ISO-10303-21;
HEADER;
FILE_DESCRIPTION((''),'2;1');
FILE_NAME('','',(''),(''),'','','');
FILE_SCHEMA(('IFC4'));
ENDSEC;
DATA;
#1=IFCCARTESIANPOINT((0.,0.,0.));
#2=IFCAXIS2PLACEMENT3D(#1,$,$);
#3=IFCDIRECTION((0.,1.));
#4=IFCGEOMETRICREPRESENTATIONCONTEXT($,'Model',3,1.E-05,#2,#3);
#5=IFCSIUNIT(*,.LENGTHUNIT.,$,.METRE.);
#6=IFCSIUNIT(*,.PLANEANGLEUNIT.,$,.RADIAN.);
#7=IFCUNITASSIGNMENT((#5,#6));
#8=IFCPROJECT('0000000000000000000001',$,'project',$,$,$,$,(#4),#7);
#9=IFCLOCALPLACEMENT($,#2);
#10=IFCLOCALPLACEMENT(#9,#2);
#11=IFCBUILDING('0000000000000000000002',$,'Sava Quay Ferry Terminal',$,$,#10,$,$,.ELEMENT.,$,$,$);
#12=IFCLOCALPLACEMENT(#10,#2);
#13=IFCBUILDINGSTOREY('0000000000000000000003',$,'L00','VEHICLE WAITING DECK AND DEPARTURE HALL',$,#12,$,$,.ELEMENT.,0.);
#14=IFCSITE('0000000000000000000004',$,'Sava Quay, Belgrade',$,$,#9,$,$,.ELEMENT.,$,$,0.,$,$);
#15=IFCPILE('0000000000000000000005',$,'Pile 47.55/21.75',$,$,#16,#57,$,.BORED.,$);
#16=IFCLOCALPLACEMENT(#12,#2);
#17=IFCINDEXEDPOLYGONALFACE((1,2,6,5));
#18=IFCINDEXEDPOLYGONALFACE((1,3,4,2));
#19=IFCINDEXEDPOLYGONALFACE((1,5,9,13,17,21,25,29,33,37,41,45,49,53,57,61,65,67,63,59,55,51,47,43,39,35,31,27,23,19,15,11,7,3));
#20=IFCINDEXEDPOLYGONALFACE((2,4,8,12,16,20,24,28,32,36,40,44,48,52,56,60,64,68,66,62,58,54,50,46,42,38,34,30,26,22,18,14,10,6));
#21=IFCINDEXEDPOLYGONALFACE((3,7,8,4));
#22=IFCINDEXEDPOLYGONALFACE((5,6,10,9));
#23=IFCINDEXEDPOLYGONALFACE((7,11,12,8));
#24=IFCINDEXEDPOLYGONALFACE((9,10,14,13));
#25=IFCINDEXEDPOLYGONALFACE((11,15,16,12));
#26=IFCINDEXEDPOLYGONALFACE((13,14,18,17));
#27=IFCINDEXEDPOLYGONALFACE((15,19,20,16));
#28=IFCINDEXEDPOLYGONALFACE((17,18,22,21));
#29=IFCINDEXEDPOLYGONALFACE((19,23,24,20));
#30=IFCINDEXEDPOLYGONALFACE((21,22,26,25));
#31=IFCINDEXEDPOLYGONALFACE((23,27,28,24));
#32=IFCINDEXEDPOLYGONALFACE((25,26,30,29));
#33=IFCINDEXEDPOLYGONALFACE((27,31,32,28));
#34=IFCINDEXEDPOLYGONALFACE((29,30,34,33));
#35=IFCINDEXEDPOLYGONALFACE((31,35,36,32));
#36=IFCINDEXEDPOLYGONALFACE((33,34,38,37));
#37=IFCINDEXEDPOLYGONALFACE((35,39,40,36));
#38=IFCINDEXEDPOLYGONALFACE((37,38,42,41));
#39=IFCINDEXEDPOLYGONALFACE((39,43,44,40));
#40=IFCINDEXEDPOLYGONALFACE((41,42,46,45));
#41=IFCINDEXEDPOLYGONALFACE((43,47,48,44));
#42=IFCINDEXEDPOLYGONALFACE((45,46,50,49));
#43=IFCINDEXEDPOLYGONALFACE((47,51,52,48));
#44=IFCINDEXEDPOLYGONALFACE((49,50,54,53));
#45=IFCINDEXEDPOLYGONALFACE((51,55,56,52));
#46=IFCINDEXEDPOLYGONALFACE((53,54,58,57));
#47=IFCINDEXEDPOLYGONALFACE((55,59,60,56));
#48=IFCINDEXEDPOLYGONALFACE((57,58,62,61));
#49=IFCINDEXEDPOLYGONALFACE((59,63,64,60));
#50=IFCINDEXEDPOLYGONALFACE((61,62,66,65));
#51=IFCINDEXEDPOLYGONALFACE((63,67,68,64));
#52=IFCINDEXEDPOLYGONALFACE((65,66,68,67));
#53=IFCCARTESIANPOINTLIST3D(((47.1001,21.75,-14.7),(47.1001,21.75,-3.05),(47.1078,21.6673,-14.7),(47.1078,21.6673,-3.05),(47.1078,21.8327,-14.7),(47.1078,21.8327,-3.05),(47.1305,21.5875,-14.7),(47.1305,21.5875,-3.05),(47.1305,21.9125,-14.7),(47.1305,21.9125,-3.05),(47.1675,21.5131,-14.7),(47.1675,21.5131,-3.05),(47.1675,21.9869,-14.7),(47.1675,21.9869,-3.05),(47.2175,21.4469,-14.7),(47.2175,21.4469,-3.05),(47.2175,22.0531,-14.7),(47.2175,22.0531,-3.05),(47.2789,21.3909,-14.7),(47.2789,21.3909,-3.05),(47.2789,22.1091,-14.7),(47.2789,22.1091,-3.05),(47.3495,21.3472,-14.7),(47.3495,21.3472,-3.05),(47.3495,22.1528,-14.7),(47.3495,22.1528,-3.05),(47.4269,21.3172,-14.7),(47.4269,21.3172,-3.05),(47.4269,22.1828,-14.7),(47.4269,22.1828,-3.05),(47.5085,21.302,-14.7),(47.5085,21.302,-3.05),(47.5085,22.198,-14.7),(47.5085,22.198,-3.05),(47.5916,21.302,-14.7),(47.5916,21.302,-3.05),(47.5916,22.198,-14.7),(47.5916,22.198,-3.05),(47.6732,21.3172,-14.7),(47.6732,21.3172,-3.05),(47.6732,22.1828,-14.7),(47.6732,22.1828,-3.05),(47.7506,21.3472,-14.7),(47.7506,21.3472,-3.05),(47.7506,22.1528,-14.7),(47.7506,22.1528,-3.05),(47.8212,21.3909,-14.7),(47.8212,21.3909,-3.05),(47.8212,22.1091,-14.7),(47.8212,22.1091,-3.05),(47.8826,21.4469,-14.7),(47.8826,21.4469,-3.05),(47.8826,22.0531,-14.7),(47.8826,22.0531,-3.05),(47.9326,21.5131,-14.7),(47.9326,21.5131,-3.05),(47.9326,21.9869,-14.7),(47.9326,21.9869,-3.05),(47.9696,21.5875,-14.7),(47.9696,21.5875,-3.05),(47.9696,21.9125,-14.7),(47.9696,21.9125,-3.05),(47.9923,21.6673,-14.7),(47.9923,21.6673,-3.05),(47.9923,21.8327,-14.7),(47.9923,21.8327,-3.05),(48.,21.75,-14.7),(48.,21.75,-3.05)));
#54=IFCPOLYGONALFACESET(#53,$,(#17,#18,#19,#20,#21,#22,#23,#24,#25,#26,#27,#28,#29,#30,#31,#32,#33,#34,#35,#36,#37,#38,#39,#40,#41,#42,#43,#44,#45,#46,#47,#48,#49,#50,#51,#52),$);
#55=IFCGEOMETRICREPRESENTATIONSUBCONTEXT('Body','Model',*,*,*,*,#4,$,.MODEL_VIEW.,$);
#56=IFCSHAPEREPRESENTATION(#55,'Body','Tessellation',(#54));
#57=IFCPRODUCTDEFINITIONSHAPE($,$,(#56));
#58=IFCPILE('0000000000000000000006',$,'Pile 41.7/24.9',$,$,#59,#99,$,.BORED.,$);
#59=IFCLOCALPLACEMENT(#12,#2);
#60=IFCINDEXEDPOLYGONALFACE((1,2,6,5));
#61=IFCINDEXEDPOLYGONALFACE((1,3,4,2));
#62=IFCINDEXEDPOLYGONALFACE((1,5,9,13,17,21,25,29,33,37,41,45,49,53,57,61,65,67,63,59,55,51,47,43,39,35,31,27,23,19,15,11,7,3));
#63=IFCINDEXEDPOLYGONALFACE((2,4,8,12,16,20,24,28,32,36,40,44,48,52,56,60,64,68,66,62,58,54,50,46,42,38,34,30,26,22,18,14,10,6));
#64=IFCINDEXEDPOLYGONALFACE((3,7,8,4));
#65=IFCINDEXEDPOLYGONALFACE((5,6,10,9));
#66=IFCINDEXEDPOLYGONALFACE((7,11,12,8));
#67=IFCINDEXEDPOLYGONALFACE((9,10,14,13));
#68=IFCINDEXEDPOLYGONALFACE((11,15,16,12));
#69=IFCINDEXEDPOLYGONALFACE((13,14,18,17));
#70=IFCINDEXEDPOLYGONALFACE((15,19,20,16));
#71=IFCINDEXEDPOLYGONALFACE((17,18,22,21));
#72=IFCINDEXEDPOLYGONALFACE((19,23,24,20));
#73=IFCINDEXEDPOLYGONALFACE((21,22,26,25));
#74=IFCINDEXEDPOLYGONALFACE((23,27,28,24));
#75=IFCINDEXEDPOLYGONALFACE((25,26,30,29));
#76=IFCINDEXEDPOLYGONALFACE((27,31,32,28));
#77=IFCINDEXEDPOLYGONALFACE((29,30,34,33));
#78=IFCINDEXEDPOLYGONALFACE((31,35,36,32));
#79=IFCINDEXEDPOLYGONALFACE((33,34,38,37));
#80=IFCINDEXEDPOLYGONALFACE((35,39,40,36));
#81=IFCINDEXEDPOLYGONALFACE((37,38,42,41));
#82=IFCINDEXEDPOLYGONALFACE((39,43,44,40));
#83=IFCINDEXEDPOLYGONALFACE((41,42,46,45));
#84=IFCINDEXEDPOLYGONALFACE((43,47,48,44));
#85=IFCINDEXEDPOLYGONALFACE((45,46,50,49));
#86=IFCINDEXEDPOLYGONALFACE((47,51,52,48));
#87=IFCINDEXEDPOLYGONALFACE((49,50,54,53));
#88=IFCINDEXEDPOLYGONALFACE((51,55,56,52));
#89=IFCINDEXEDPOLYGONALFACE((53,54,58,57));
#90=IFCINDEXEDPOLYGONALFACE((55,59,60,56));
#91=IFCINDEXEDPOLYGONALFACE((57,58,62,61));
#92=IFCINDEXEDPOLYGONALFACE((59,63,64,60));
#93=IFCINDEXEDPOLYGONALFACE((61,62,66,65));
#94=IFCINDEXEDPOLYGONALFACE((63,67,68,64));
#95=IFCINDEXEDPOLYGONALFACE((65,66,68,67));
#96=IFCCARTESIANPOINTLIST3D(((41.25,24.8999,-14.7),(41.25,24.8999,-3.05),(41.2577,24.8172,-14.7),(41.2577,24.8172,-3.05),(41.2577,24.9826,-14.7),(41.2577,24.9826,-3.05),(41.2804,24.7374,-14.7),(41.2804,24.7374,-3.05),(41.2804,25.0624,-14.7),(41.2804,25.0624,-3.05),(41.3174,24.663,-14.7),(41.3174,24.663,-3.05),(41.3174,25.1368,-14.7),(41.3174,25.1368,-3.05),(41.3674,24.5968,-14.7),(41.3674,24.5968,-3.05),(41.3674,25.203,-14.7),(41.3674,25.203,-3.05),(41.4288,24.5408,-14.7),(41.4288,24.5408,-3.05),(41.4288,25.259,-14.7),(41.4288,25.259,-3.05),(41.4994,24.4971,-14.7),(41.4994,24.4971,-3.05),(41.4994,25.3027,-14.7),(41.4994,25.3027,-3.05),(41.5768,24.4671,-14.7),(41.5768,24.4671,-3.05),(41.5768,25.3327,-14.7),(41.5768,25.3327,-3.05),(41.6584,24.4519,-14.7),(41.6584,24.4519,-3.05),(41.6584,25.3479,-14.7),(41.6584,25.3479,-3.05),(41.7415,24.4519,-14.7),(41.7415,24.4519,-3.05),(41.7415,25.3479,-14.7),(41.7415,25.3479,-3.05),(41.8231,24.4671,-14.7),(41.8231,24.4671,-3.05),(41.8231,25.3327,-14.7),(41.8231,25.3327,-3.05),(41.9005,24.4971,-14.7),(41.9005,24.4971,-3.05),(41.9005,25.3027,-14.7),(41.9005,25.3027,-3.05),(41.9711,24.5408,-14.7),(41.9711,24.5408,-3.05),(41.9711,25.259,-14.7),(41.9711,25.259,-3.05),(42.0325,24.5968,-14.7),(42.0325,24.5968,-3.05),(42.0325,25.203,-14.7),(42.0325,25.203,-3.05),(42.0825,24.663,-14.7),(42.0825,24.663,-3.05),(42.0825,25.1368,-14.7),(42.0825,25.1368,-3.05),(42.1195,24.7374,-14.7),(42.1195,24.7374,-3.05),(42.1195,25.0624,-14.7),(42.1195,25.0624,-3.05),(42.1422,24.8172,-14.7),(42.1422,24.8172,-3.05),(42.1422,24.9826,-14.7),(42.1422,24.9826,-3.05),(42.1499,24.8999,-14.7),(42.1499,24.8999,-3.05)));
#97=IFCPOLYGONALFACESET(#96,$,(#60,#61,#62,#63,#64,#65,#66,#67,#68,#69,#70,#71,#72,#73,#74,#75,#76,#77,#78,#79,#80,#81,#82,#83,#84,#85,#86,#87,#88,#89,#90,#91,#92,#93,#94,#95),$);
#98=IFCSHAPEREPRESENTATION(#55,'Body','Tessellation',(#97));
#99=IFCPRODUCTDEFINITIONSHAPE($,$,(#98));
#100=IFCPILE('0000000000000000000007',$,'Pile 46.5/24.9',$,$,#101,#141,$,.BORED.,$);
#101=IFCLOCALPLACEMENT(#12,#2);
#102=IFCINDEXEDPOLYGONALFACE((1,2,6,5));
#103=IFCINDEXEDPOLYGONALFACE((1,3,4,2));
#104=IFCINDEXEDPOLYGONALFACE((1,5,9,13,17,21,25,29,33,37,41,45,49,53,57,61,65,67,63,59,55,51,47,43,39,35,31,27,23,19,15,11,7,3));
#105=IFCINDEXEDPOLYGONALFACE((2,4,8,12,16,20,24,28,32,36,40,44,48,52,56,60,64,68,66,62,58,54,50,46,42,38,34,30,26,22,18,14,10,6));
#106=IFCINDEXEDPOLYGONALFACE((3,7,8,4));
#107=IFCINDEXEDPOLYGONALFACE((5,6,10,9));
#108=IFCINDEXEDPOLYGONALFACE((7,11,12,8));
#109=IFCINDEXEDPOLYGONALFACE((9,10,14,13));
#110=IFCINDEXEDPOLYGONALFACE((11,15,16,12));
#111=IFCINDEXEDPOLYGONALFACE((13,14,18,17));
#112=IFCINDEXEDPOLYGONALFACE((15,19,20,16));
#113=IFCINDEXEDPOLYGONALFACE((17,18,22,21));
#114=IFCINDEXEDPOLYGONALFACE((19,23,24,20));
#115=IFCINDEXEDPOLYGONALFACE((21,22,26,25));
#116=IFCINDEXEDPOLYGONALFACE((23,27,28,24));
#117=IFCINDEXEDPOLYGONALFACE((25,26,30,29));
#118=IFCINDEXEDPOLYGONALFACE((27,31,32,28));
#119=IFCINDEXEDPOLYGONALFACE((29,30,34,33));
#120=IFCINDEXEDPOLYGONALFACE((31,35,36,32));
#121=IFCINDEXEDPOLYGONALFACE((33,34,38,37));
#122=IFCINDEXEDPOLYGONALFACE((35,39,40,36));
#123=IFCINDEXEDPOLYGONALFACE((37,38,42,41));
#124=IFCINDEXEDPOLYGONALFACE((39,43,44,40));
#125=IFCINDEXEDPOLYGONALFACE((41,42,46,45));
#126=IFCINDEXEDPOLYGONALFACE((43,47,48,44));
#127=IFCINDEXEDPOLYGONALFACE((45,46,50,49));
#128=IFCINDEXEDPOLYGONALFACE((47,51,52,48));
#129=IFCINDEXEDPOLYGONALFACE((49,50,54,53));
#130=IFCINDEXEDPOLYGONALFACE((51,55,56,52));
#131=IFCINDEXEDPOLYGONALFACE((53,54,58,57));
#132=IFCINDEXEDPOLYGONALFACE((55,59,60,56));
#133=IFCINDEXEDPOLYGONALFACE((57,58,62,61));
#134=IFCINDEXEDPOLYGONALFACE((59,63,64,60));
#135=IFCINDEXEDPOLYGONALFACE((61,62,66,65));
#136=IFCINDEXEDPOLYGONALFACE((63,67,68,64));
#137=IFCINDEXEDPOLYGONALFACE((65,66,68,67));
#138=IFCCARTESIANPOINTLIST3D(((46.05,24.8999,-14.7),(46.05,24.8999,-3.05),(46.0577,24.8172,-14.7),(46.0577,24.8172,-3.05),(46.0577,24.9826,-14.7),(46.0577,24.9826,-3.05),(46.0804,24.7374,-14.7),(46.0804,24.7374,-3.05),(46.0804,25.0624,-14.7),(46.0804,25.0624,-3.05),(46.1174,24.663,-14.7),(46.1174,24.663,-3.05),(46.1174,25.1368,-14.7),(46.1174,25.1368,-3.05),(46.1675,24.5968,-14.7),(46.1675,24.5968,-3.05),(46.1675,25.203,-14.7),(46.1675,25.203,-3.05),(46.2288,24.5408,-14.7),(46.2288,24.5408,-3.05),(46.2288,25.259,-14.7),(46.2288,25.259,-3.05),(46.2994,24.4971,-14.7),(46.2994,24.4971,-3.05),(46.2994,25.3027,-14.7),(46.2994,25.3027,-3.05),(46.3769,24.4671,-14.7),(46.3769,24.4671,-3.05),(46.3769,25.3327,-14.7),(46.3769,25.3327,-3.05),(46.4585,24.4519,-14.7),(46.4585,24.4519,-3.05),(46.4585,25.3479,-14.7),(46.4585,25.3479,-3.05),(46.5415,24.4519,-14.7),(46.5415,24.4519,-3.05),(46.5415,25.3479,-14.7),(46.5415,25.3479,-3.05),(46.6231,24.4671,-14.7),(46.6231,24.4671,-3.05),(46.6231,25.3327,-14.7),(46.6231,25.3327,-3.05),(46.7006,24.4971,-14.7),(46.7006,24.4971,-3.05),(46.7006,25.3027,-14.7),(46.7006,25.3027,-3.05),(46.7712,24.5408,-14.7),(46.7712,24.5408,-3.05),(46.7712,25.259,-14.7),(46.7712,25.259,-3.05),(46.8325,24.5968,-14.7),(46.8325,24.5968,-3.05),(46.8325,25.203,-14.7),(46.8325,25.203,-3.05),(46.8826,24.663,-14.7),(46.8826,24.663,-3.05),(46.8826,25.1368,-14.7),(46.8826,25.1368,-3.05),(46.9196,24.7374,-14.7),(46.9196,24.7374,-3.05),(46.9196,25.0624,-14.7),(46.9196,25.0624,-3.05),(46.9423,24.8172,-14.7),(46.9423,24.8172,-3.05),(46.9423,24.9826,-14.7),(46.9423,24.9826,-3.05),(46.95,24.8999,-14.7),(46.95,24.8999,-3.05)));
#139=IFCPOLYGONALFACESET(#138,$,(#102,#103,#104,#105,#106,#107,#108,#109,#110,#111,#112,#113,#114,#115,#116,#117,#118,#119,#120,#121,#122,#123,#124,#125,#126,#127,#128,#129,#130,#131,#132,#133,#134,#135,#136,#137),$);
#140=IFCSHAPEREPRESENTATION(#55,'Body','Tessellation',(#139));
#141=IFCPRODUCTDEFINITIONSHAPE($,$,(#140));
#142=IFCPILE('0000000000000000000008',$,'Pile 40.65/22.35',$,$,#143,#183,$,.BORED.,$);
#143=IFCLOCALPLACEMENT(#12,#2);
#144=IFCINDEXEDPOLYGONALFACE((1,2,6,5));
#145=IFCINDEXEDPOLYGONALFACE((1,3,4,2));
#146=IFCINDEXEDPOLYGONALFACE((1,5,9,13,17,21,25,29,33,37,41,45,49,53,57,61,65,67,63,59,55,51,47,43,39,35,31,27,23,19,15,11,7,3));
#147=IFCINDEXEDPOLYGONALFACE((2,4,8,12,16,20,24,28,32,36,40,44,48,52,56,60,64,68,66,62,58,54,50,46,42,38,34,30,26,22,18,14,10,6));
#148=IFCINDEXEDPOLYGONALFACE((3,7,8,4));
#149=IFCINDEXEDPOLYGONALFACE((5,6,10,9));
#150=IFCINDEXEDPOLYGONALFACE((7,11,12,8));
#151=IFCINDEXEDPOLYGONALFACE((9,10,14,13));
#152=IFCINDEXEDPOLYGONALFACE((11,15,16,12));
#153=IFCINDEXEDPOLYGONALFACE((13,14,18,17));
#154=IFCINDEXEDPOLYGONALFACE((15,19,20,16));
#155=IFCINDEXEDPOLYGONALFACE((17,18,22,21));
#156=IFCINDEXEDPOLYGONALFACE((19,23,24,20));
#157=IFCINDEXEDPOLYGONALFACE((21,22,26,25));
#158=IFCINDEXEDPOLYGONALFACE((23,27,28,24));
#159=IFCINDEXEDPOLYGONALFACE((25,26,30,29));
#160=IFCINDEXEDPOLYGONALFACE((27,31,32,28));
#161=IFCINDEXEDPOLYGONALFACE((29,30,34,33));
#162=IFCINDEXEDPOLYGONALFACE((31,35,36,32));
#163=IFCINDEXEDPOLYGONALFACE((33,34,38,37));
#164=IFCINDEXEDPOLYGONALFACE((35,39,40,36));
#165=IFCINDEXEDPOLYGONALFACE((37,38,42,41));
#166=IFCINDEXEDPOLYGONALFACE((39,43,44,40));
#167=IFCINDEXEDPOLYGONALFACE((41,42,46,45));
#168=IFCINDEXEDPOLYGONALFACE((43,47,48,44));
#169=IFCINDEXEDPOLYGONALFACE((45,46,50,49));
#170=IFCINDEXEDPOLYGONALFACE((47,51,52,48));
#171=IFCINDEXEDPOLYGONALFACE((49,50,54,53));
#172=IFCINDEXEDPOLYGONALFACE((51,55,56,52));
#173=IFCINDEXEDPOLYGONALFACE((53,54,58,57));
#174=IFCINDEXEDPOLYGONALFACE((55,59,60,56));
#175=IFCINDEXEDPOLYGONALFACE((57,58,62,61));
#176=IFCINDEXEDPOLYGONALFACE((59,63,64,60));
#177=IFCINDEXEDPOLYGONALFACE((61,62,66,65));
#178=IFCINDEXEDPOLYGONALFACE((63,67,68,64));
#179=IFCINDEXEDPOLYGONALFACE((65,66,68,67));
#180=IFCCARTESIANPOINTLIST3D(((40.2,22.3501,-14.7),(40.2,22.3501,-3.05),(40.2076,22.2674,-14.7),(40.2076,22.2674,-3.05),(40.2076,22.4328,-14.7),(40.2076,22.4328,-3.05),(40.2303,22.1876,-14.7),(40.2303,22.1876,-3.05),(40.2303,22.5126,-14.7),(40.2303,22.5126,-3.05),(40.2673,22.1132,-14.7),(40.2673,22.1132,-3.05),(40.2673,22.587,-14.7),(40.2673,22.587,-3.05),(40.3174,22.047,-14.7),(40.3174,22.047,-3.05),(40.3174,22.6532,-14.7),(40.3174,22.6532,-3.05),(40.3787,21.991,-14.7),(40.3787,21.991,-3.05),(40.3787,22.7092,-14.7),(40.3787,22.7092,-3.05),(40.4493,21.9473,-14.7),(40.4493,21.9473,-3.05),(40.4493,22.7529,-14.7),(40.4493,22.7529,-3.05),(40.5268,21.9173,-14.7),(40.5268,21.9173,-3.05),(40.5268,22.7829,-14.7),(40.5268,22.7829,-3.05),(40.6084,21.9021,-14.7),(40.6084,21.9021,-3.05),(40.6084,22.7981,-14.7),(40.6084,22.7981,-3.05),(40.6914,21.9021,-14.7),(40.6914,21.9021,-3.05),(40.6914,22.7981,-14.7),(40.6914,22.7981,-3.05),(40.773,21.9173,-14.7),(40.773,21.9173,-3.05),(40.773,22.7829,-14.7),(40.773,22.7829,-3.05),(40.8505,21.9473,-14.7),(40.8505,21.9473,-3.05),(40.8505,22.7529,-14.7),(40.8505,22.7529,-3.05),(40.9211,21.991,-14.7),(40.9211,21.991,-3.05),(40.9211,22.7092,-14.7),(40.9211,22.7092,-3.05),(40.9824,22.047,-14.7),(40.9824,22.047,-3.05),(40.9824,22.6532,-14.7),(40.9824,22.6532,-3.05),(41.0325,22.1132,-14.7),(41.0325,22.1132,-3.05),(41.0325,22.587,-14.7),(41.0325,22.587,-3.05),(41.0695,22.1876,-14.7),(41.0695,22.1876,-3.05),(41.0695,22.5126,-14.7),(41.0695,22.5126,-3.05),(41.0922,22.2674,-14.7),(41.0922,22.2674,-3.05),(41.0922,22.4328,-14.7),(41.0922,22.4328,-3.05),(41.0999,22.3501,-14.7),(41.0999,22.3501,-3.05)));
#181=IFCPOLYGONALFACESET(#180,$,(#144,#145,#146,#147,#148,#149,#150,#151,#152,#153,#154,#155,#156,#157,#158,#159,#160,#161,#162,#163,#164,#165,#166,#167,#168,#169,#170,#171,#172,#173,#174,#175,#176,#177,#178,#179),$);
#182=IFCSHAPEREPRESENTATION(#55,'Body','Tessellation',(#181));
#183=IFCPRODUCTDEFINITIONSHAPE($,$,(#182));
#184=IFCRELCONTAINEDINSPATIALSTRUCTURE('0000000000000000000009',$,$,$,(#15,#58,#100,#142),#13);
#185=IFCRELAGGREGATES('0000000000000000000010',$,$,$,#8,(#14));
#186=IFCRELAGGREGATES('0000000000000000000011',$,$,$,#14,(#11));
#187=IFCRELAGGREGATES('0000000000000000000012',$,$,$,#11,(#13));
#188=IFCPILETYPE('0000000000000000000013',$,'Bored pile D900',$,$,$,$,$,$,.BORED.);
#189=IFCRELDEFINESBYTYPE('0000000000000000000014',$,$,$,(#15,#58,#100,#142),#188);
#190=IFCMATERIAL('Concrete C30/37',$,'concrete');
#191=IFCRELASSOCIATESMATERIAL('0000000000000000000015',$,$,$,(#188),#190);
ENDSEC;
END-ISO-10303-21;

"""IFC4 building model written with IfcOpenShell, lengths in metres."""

from ifc_helpers import new_model, si_unit, direction, frame, origin, origin_2d, place, context, subcontext, project, spatial, circle, extrude, material, material_profile, profile_set, type_object, element, save


model = new_model("IFC4")

# Units and contexts
model_context = context("Model", 3, precision=1e-05, world=origin(), true_north=direction((0.0, 1.0)))
body_context = subcontext(model_context, "Body", "Model", "MODEL_VIEW")
ifc_project = project(units=[si_unit("LENGTHUNIT", "METRE"), si_unit("PLANEANGLEUNIT", "RADIAN")], contexts=[model_context])

# Site, building, storey
site_placement = place(None, origin())
site = spatial("IfcSite", under=ifc_project, at=site_placement, Name="Sava Quay, Belgrade", CompositionType="ELEMENT", RefElevation=0.0)
building_placement = place(site_placement, origin())
building = spatial("IfcBuilding", under=site, at=building_placement, Name="Sava Quay Ferry Terminal", CompositionType="ELEMENT")
storey_placement = place(building_placement, origin())
storey = spatial("IfcBuildingStorey", under=building, at=storey_placement, Name="L00", Description="VEHICLE WAITING DECK AND DEPARTURE HALL", CompositionType="ELEMENT", Elevation=0.0)

# Piles
ifc_material_1 = material(Name="Concrete C30/37", Category="concrete")
ifc_material_profile_1 = material_profile(ifc_material_1, circle(Radius=0.45, at=origin_2d()), Name="Bored pile D900")
ifc_profile_set_1 = profile_set([ifc_material_profile_1], Name="Concrete C30/37")
pile_type = type_object("IfcPileType", Name="Bored pile D900", PredefinedType="BORED", material=ifc_profile_set_1)
for number, where, z_axis, x_axis, name in (
    (1, (47.55, 21.75, -3.05), (0.0, 0.0, -1.0), (1.0, 0.0, 0.0), "Pile 47.55/21.75"),
    (2, (41.7, 24.8999, -3.05), (0.0, 0.0, -1.0), (1.0, 0.0, 0.0), "Pile 41.7/24.9"),
    (3, (46.5, 24.8999, -3.05), (0.0, 0.0, -1.0), (1.0, 0.0, 0.0), "Pile 46.5/24.9"),
    (4, (40.6499, 22.3501, -3.05), (0.0, 0.0, -1.0), (1.0, 0.0, 0.0), "Pile 40.65/22.35"),
):
    element("IfcPile", number, at=place(storey_placement, frame(where, z_axis=z_axis, x_axis=x_axis)), inside=storey, type_object=pile_type, Name=name, PredefinedType="BORED", context=body_context, shape_type="SweptSolid", body=[
        extrude(circle(Radius=0.45, at=origin_2d()), origin(), (0.0, 0.0, 1.0), 11.6499),
    ])

save(model, "model.ifc")
